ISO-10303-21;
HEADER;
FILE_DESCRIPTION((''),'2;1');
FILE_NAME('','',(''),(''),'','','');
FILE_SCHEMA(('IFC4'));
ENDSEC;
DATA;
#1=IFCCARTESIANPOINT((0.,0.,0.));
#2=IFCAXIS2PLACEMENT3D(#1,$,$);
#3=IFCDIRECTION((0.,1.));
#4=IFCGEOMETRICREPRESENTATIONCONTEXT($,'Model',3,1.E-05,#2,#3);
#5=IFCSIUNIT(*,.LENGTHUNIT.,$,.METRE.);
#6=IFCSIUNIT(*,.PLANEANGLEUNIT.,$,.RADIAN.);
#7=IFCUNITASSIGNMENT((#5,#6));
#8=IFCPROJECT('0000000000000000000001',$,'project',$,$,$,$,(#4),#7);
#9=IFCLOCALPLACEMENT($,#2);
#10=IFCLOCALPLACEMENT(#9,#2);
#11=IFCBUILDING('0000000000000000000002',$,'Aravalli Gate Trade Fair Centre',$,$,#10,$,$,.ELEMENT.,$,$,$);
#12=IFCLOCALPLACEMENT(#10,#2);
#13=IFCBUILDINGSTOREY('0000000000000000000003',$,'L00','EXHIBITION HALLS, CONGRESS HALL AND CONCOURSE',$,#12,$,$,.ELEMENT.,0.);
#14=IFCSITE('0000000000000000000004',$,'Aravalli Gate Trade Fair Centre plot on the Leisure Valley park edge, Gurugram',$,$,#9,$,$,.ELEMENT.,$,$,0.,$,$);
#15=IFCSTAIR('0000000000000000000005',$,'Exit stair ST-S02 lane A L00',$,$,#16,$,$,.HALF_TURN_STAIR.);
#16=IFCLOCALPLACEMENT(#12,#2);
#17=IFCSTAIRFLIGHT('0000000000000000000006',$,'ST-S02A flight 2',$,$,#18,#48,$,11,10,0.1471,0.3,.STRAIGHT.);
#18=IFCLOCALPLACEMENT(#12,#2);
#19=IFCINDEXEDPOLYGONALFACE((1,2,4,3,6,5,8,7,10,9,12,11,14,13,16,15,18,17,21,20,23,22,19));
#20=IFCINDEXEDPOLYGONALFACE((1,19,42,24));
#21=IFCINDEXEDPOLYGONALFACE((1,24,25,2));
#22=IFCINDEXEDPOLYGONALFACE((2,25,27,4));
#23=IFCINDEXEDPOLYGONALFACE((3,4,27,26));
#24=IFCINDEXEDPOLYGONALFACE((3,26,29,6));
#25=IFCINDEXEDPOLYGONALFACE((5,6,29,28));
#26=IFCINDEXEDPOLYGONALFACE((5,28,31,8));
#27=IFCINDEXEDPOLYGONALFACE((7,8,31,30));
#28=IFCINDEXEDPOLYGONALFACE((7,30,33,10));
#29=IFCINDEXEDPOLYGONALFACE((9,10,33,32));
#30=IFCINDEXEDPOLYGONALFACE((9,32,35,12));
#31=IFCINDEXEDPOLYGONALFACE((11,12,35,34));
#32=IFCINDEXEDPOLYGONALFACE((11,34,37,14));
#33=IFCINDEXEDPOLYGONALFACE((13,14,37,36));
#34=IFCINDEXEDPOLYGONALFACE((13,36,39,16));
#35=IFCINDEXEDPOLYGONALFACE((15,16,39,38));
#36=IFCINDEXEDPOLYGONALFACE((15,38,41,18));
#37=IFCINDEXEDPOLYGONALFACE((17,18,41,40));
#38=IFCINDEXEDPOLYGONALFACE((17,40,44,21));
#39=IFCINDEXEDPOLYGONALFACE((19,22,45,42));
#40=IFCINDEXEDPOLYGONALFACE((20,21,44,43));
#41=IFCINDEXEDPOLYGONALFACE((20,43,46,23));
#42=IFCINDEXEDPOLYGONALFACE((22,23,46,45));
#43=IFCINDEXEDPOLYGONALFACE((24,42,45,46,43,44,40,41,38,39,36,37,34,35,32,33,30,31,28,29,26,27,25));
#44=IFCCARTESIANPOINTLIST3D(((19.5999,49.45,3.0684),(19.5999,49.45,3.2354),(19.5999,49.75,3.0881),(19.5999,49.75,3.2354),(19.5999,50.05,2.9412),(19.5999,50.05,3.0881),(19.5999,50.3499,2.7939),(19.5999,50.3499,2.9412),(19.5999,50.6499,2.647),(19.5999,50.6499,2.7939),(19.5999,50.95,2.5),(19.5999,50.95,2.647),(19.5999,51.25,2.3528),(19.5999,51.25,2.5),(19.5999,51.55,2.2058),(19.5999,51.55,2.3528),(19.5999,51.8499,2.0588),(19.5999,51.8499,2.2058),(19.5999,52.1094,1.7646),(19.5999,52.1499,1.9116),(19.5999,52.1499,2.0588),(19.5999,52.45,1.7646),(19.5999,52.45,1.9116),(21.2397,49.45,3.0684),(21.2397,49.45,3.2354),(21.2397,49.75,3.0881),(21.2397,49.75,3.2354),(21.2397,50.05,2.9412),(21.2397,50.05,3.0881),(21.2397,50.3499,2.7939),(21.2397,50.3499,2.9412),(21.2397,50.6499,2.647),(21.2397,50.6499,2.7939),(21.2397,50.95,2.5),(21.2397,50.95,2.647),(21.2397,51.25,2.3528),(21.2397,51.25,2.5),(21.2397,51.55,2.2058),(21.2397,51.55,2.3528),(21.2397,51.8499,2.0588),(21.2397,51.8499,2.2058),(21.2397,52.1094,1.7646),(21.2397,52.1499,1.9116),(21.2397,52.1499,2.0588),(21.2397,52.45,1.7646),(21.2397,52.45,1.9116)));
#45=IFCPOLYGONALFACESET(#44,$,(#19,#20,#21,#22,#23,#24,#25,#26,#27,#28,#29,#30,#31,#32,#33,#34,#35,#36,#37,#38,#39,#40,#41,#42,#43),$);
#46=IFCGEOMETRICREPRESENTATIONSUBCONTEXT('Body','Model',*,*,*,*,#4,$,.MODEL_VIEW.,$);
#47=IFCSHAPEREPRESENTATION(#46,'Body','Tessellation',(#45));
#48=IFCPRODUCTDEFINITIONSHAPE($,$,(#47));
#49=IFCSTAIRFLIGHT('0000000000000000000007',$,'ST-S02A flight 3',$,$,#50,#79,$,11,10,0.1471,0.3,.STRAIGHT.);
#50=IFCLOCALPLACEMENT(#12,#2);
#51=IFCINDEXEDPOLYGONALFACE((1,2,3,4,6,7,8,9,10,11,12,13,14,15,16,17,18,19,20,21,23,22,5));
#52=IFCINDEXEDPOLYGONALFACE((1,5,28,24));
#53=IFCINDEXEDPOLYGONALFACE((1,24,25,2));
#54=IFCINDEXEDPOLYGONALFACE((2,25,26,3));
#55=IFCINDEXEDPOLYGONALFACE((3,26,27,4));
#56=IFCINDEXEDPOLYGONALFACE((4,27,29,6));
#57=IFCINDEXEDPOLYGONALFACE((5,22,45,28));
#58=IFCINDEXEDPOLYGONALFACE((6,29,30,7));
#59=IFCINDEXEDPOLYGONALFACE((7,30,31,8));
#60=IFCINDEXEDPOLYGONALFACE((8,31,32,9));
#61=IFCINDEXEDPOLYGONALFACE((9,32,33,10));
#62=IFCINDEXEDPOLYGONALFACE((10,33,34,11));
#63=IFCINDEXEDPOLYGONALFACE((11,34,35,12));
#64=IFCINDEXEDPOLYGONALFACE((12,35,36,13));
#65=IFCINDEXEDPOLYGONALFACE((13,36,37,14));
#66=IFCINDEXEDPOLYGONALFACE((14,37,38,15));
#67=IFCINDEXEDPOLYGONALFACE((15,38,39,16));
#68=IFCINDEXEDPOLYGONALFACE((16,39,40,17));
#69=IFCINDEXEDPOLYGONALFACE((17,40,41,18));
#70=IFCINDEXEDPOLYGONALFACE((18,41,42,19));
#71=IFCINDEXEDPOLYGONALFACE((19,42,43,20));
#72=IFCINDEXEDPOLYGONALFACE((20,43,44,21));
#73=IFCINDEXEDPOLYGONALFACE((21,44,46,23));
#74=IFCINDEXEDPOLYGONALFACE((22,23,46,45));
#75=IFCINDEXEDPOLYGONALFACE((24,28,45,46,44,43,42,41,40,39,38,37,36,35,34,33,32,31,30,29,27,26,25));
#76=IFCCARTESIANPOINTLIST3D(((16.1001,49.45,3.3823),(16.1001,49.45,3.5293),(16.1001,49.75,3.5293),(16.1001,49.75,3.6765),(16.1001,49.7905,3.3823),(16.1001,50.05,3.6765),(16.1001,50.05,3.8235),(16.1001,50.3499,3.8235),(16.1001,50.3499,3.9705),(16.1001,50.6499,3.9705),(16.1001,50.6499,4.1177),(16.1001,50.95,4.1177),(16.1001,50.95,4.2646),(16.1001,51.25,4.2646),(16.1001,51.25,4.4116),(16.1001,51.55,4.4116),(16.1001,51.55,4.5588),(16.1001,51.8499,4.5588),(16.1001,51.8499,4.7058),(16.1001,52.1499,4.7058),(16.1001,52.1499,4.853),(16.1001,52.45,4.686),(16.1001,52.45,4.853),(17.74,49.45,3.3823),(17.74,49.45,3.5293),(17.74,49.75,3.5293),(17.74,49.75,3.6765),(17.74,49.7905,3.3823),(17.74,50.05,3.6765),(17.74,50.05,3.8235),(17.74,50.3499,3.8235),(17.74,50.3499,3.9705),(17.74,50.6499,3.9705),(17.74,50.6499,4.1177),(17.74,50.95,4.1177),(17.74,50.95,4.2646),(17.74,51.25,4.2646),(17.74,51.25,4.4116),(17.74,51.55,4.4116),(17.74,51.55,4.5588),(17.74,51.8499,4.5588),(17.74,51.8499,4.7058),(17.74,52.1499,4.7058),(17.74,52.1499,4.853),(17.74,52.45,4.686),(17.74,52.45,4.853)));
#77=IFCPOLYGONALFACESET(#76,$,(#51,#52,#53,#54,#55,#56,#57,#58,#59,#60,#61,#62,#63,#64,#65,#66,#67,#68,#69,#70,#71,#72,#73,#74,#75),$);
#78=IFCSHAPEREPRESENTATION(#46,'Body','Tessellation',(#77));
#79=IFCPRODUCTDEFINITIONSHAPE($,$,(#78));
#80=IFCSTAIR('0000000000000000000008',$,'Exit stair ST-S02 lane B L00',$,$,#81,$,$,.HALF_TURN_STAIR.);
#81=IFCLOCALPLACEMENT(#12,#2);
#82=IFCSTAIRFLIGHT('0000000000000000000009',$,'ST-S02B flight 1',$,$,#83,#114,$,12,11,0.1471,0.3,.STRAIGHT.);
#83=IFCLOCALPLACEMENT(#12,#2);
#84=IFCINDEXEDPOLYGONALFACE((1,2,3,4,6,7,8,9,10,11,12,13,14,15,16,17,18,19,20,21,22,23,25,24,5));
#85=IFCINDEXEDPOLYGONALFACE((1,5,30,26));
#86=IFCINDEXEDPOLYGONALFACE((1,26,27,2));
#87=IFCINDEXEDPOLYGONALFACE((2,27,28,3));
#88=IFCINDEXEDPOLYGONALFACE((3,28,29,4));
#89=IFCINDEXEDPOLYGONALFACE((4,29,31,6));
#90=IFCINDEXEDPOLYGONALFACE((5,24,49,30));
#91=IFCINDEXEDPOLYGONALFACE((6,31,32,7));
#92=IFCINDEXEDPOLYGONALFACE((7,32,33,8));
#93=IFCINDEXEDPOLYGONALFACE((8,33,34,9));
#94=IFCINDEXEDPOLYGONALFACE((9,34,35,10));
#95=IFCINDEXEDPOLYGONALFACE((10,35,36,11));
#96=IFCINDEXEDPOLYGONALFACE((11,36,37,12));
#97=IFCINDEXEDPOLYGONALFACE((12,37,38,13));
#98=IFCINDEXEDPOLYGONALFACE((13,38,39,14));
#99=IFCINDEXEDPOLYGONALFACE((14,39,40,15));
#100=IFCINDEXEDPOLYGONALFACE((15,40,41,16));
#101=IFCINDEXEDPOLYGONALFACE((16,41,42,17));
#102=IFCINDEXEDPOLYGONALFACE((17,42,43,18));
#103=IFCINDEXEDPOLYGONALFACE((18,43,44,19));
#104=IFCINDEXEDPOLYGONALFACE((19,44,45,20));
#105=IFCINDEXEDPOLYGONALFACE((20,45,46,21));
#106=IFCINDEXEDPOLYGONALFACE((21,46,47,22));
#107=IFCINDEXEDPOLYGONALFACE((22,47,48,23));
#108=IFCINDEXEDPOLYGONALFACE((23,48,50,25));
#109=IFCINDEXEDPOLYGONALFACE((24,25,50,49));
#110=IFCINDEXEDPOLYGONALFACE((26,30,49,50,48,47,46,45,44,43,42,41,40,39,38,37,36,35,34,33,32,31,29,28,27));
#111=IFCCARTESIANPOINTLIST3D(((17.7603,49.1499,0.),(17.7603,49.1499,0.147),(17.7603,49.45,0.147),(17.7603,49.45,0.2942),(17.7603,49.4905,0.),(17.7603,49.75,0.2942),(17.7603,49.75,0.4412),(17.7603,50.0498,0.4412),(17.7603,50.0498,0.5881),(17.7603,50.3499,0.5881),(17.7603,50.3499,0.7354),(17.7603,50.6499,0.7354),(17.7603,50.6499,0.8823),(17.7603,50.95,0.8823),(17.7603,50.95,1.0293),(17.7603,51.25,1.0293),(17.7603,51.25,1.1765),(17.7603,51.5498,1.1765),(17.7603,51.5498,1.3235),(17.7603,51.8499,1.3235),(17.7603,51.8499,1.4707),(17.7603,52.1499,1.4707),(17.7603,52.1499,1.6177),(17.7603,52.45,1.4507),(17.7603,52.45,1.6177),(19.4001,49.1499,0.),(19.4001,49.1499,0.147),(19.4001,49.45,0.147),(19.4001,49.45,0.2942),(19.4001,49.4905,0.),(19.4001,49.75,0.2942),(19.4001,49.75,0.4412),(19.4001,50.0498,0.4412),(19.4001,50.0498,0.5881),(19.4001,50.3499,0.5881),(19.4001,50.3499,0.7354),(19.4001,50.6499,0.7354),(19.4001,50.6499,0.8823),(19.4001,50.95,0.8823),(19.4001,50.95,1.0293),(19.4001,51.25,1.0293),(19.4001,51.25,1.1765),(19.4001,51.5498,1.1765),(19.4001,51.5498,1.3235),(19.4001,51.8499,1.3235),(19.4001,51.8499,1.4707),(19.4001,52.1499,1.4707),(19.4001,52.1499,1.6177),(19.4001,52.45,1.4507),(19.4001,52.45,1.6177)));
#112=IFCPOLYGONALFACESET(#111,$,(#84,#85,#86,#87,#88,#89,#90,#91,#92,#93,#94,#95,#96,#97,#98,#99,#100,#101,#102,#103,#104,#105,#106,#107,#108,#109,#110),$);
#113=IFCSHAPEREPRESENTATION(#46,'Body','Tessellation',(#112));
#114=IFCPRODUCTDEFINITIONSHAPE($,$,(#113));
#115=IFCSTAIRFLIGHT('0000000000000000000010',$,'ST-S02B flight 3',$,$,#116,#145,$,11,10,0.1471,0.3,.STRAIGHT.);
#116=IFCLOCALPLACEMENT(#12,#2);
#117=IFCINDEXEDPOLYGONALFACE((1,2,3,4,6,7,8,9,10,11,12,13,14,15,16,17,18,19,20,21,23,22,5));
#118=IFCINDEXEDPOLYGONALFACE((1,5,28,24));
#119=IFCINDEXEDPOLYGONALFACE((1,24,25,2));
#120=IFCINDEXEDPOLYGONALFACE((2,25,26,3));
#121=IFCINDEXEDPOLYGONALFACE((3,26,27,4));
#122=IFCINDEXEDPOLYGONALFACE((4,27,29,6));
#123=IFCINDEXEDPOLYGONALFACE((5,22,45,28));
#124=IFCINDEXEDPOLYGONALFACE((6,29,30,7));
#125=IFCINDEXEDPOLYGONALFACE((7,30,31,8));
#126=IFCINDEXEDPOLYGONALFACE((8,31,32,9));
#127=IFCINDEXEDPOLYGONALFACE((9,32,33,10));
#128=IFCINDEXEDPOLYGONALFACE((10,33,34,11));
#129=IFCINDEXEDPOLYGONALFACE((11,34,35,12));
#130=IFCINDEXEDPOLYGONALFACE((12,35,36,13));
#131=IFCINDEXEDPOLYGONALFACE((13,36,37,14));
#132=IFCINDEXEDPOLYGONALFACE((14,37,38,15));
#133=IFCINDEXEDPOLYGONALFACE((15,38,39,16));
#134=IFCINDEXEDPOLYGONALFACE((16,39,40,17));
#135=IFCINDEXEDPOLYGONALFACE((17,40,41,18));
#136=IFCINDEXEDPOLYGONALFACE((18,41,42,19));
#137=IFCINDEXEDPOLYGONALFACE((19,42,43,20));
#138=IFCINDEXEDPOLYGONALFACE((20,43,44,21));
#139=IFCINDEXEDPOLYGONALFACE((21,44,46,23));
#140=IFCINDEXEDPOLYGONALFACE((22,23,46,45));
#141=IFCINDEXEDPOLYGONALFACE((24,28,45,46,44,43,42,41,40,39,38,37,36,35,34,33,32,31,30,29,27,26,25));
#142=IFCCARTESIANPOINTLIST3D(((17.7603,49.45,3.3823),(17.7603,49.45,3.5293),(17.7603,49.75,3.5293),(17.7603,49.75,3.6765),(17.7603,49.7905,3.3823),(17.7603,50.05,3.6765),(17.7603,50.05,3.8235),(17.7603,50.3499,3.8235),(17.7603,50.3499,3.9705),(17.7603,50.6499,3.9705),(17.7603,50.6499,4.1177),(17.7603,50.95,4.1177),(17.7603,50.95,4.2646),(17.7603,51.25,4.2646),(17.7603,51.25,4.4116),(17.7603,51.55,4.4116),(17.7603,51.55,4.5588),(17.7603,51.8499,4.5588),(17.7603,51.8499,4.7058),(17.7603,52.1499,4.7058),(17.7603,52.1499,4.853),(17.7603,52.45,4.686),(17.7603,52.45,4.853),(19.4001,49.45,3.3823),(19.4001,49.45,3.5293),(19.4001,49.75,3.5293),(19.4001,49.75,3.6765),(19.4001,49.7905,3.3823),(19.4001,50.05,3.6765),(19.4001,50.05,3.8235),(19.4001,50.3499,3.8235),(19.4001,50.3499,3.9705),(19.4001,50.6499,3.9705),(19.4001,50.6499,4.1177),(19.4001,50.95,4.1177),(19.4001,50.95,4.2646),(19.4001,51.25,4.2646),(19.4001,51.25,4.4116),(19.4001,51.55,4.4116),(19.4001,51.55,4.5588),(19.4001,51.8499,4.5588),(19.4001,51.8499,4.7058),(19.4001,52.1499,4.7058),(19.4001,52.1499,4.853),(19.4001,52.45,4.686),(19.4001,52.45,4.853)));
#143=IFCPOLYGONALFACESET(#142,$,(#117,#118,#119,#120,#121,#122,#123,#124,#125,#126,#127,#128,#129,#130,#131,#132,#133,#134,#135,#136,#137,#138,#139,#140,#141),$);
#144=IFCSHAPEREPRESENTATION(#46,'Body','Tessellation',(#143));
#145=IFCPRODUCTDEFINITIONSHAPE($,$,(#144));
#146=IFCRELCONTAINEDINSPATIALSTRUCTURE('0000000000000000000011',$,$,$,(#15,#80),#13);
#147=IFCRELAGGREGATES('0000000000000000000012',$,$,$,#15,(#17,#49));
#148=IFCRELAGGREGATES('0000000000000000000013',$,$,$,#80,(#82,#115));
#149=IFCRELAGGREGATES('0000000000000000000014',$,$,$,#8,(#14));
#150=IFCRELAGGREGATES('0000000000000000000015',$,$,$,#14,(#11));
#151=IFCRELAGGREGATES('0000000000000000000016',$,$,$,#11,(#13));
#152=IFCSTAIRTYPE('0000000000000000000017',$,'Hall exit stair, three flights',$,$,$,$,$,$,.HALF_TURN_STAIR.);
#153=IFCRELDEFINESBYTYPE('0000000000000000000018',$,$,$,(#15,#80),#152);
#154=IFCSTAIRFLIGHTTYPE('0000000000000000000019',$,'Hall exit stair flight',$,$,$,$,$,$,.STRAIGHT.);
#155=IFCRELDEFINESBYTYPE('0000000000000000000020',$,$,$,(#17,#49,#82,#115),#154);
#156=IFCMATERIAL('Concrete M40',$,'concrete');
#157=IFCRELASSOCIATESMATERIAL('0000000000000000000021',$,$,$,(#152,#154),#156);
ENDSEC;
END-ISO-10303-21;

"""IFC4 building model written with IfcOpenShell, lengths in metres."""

from ifc_helpers import new_model, si_unit, direction, frame, origin, place, context, subcontext, project, spatial, polyline, outline, extrude, material, type_object, element, aggregate, save


model = new_model("IFC4")

# Units and contexts
model_context = context("Model", 3, precision=1e-05, world=origin(), true_north=direction((0.0, 1.0)))
body_context = subcontext(model_context, "Body", "Model", "MODEL_VIEW")
ifc_project = project(units=[si_unit("LENGTHUNIT", "METRE"), si_unit("PLANEANGLEUNIT", "RADIAN")], contexts=[model_context])

# Site, building, storey
site_placement = place(None, origin())
site = spatial("IfcSite", under=ifc_project, at=site_placement, Name="Aravalli Gate Trade Fair Centre plot on the Leisure Valley park edge, Gurugram", CompositionType="ELEMENT", RefElevation=0.0)
building_placement = place(site_placement, origin())
building = spatial("IfcBuilding", under=site, at=building_placement, Name="Aravalli Gate Trade Fair Centre", CompositionType="ELEMENT")
storey_placement = place(building_placement, origin())
storey = spatial("IfcBuildingStorey", under=building, at=storey_placement, Name="L00", Description="EXHIBITION HALLS, CONGRESS HALL AND CONCOURSE", CompositionType="ELEMENT", Elevation=0.0)

# Shared definitions
ifc_material_1 = material(Name="Concrete M40", Category="concrete")

# Stairs, stair flights
stair_type = type_object("IfcStairType", Name="Hall exit stair, three flights", PredefinedType="HALF_TURN_STAIR", material=ifc_material_1)
stair_1_placement = place(storey_placement, origin())
stair_1 = element("IfcStair", 1, at=stair_1_placement, inside=storey, type_object=stair_type, Name="Exit stair ST-S02 lane A L00", PredefinedType="HALF_TURN_STAIR")
stair_flight_type = type_object("IfcStairFlightType", Name="Hall exit stair flight", PredefinedType="STRAIGHT", material=ifc_material_1)
stair_flight_1_placement = place(storey_placement, frame((20.4199, 52.45, 1.7646), z_axis=(0.0, 0.0, 1.0), x_axis=(0.0, -1.0, 0.0)))
stair_flight_1 = element("IfcStairFlight", 2, at=stair_flight_1_placement, type_object=stair_flight_type, Name="ST-S02A flight 2", NumberOfRisers=11, NumberOfTreads=10, PredefinedType="STRAIGHT", RiserHeight=0.1471, TreadLength=0.3, context=body_context, shape_type="SweptSolid", body=[
    extrude(outline(polyline([(0.0, 0.0), (0.0, 0.147), (0.3, 0.147), (0.3, 0.2942), (0.6001, 0.2942), (0.6001, 0.4412), (0.8999, 0.4412), (0.8999, 0.5881), (1.2, 0.5881), (1.2, 0.7354), (1.5, 0.7354), (1.5, 0.8823), (1.8, 0.8823), (1.8, 1.0293), (2.1001, 1.0293), (2.1001, 1.1765), (2.3999, 1.1765), (2.3999, 1.3235), (2.7, 1.3235), (2.7, 1.4707), (3.0, 1.4707), (3.0, 1.6177), (3.0, 1.3037), (0.3406, 0.0), (0.0, 0.0)])), frame((0.0, 0.8198, 0.0), z_axis=(0.0, -1.0, 0.0), x_axis=(1.0, 0.0, 0.0)), (0.0, 0.0, 1.0), 1.6399),
])
stair_flight_2_placement = place(storey_placement, frame((16.9199, 49.45, 3.3823), z_axis=(0.0, 0.0, 1.0), x_axis=(0.0, 1.0, 0.0)))
stair_flight_2 = element("IfcStairFlight", 3, at=stair_flight_2_placement, type_object=stair_flight_type, Name="ST-S02A flight 3", NumberOfRisers=11, NumberOfTreads=10, PredefinedType="STRAIGHT", RiserHeight=0.1471, TreadLength=0.3, context=body_context, shape_type="SweptSolid", body=[
    extrude(outline(polyline([(0.0, 0.0), (0.0, 0.147), (0.3, 0.147), (0.3, 0.2942), (0.6001, 0.2942), (0.6001, 0.4412), (0.8999, 0.4412), (0.8999, 0.5881), (1.2, 0.5881), (1.2, 0.7354), (1.5, 0.7354), (1.5, 0.8823), (1.8, 0.8823), (1.8, 1.0293), (2.1001, 1.0293), (2.1001, 1.1765), (2.3999, 1.1765), (2.3999, 1.3235), (2.7, 1.3235), (2.7, 1.4707), (3.0, 1.4707), (3.0, 1.6177), (3.0, 1.3037), (0.3406, 0.0), (0.0, 0.0)])), frame((0.0, 0.8198, 0.0), z_axis=(0.0, -1.0, 0.0), x_axis=(1.0, 0.0, 0.0)), (0.0, 0.0, 1.0), 1.6399),
])
aggregate(stair_1, [stair_flight_1, stair_flight_2])
stair_2_placement = place(storey_placement, origin())
stair_2 = element("IfcStair", 4, at=stair_2_placement, inside=storey, type_object=stair_type, Name="Exit stair ST-S02 lane B L00", PredefinedType="HALF_TURN_STAIR")
stair_flight_3_placement = place(storey_placement, frame((18.5801, 49.1499, 0.0), z_axis=(0.0, 0.0, 1.0), x_axis=(0.0, 1.0, 0.0)))
stair_flight_3 = element("IfcStairFlight", 5, at=stair_flight_3_placement, type_object=stair_flight_type, Name="ST-S02B flight 1", NumberOfRisers=12, NumberOfTreads=11, PredefinedType="STRAIGHT", RiserHeight=0.1471, TreadLength=0.3, context=body_context, shape_type="SweptSolid", body=[
    extrude(outline(polyline([(0.0, 0.0), (0.0, 0.147), (0.3, 0.147), (0.3, 0.2942), (0.6001, 0.2942), (0.6001, 0.4412), (0.8999, 0.4412), (0.8999, 0.5881), (1.2, 0.5881), (1.2, 0.7354), (1.5, 0.7354), (1.5, 0.8823), (1.8, 0.8823), (1.8, 1.0293), (2.1001, 1.0293), (2.1001, 1.1765), (2.3999, 1.1765), (2.3999, 1.3235), (2.7, 1.3235), (2.7, 1.4707), (3.0, 1.4707), (3.0, 1.6177), (3.3, 1.6177), (3.3, 1.7646), (3.3, 1.4507), (0.3406, 0.0), (0.0, 0.0)])), frame((0.0, 0.8198, 0.0), z_axis=(0.0, -1.0, 0.0), x_axis=(1.0, 0.0, 0.0)), (0.0, 0.0, 1.0), 1.6399),
])
stair_flight_4_placement = place(storey_placement, frame((18.5801, 49.45, 3.3823), z_axis=(0.0, 0.0, 1.0), x_axis=(0.0, 1.0, 0.0)))
stair_flight_4 = element("IfcStairFlight", 6, at=stair_flight_4_placement, type_object=stair_flight_type, Name="ST-S02B flight 3", NumberOfRisers=11, NumberOfTreads=10, PredefinedType="STRAIGHT", RiserHeight=0.1471, TreadLength=0.3, context=body_context, shape_type="SweptSolid", body=[
    extrude(outline(polyline([(0.0, 0.0), (0.0, 0.147), (0.3, 0.147), (0.3, 0.2942), (0.6001, 0.2942), (0.6001, 0.4412), (0.8999, 0.4412), (0.8999, 0.5881), (1.2, 0.5881), (1.2, 0.7354), (1.5, 0.7354), (1.5, 0.8823), (1.8, 0.8823), (1.8, 1.0293), (2.1001, 1.0293), (2.1001, 1.1765), (2.3999, 1.1765), (2.3999, 1.3235), (2.7, 1.3235), (2.7, 1.4707), (3.0, 1.4707), (3.0, 1.6177), (3.0, 1.3037), (0.3406, 0.0), (0.0, 0.0)])), frame((0.0, 0.8198, 0.0), z_axis=(0.0, -1.0, 0.0), x_axis=(1.0, 0.0, 0.0)), (0.0, 0.0, 1.0), 1.6399),
])
aggregate(stair_2, [stair_flight_3, stair_flight_4])

save(model, "model.ifc")
